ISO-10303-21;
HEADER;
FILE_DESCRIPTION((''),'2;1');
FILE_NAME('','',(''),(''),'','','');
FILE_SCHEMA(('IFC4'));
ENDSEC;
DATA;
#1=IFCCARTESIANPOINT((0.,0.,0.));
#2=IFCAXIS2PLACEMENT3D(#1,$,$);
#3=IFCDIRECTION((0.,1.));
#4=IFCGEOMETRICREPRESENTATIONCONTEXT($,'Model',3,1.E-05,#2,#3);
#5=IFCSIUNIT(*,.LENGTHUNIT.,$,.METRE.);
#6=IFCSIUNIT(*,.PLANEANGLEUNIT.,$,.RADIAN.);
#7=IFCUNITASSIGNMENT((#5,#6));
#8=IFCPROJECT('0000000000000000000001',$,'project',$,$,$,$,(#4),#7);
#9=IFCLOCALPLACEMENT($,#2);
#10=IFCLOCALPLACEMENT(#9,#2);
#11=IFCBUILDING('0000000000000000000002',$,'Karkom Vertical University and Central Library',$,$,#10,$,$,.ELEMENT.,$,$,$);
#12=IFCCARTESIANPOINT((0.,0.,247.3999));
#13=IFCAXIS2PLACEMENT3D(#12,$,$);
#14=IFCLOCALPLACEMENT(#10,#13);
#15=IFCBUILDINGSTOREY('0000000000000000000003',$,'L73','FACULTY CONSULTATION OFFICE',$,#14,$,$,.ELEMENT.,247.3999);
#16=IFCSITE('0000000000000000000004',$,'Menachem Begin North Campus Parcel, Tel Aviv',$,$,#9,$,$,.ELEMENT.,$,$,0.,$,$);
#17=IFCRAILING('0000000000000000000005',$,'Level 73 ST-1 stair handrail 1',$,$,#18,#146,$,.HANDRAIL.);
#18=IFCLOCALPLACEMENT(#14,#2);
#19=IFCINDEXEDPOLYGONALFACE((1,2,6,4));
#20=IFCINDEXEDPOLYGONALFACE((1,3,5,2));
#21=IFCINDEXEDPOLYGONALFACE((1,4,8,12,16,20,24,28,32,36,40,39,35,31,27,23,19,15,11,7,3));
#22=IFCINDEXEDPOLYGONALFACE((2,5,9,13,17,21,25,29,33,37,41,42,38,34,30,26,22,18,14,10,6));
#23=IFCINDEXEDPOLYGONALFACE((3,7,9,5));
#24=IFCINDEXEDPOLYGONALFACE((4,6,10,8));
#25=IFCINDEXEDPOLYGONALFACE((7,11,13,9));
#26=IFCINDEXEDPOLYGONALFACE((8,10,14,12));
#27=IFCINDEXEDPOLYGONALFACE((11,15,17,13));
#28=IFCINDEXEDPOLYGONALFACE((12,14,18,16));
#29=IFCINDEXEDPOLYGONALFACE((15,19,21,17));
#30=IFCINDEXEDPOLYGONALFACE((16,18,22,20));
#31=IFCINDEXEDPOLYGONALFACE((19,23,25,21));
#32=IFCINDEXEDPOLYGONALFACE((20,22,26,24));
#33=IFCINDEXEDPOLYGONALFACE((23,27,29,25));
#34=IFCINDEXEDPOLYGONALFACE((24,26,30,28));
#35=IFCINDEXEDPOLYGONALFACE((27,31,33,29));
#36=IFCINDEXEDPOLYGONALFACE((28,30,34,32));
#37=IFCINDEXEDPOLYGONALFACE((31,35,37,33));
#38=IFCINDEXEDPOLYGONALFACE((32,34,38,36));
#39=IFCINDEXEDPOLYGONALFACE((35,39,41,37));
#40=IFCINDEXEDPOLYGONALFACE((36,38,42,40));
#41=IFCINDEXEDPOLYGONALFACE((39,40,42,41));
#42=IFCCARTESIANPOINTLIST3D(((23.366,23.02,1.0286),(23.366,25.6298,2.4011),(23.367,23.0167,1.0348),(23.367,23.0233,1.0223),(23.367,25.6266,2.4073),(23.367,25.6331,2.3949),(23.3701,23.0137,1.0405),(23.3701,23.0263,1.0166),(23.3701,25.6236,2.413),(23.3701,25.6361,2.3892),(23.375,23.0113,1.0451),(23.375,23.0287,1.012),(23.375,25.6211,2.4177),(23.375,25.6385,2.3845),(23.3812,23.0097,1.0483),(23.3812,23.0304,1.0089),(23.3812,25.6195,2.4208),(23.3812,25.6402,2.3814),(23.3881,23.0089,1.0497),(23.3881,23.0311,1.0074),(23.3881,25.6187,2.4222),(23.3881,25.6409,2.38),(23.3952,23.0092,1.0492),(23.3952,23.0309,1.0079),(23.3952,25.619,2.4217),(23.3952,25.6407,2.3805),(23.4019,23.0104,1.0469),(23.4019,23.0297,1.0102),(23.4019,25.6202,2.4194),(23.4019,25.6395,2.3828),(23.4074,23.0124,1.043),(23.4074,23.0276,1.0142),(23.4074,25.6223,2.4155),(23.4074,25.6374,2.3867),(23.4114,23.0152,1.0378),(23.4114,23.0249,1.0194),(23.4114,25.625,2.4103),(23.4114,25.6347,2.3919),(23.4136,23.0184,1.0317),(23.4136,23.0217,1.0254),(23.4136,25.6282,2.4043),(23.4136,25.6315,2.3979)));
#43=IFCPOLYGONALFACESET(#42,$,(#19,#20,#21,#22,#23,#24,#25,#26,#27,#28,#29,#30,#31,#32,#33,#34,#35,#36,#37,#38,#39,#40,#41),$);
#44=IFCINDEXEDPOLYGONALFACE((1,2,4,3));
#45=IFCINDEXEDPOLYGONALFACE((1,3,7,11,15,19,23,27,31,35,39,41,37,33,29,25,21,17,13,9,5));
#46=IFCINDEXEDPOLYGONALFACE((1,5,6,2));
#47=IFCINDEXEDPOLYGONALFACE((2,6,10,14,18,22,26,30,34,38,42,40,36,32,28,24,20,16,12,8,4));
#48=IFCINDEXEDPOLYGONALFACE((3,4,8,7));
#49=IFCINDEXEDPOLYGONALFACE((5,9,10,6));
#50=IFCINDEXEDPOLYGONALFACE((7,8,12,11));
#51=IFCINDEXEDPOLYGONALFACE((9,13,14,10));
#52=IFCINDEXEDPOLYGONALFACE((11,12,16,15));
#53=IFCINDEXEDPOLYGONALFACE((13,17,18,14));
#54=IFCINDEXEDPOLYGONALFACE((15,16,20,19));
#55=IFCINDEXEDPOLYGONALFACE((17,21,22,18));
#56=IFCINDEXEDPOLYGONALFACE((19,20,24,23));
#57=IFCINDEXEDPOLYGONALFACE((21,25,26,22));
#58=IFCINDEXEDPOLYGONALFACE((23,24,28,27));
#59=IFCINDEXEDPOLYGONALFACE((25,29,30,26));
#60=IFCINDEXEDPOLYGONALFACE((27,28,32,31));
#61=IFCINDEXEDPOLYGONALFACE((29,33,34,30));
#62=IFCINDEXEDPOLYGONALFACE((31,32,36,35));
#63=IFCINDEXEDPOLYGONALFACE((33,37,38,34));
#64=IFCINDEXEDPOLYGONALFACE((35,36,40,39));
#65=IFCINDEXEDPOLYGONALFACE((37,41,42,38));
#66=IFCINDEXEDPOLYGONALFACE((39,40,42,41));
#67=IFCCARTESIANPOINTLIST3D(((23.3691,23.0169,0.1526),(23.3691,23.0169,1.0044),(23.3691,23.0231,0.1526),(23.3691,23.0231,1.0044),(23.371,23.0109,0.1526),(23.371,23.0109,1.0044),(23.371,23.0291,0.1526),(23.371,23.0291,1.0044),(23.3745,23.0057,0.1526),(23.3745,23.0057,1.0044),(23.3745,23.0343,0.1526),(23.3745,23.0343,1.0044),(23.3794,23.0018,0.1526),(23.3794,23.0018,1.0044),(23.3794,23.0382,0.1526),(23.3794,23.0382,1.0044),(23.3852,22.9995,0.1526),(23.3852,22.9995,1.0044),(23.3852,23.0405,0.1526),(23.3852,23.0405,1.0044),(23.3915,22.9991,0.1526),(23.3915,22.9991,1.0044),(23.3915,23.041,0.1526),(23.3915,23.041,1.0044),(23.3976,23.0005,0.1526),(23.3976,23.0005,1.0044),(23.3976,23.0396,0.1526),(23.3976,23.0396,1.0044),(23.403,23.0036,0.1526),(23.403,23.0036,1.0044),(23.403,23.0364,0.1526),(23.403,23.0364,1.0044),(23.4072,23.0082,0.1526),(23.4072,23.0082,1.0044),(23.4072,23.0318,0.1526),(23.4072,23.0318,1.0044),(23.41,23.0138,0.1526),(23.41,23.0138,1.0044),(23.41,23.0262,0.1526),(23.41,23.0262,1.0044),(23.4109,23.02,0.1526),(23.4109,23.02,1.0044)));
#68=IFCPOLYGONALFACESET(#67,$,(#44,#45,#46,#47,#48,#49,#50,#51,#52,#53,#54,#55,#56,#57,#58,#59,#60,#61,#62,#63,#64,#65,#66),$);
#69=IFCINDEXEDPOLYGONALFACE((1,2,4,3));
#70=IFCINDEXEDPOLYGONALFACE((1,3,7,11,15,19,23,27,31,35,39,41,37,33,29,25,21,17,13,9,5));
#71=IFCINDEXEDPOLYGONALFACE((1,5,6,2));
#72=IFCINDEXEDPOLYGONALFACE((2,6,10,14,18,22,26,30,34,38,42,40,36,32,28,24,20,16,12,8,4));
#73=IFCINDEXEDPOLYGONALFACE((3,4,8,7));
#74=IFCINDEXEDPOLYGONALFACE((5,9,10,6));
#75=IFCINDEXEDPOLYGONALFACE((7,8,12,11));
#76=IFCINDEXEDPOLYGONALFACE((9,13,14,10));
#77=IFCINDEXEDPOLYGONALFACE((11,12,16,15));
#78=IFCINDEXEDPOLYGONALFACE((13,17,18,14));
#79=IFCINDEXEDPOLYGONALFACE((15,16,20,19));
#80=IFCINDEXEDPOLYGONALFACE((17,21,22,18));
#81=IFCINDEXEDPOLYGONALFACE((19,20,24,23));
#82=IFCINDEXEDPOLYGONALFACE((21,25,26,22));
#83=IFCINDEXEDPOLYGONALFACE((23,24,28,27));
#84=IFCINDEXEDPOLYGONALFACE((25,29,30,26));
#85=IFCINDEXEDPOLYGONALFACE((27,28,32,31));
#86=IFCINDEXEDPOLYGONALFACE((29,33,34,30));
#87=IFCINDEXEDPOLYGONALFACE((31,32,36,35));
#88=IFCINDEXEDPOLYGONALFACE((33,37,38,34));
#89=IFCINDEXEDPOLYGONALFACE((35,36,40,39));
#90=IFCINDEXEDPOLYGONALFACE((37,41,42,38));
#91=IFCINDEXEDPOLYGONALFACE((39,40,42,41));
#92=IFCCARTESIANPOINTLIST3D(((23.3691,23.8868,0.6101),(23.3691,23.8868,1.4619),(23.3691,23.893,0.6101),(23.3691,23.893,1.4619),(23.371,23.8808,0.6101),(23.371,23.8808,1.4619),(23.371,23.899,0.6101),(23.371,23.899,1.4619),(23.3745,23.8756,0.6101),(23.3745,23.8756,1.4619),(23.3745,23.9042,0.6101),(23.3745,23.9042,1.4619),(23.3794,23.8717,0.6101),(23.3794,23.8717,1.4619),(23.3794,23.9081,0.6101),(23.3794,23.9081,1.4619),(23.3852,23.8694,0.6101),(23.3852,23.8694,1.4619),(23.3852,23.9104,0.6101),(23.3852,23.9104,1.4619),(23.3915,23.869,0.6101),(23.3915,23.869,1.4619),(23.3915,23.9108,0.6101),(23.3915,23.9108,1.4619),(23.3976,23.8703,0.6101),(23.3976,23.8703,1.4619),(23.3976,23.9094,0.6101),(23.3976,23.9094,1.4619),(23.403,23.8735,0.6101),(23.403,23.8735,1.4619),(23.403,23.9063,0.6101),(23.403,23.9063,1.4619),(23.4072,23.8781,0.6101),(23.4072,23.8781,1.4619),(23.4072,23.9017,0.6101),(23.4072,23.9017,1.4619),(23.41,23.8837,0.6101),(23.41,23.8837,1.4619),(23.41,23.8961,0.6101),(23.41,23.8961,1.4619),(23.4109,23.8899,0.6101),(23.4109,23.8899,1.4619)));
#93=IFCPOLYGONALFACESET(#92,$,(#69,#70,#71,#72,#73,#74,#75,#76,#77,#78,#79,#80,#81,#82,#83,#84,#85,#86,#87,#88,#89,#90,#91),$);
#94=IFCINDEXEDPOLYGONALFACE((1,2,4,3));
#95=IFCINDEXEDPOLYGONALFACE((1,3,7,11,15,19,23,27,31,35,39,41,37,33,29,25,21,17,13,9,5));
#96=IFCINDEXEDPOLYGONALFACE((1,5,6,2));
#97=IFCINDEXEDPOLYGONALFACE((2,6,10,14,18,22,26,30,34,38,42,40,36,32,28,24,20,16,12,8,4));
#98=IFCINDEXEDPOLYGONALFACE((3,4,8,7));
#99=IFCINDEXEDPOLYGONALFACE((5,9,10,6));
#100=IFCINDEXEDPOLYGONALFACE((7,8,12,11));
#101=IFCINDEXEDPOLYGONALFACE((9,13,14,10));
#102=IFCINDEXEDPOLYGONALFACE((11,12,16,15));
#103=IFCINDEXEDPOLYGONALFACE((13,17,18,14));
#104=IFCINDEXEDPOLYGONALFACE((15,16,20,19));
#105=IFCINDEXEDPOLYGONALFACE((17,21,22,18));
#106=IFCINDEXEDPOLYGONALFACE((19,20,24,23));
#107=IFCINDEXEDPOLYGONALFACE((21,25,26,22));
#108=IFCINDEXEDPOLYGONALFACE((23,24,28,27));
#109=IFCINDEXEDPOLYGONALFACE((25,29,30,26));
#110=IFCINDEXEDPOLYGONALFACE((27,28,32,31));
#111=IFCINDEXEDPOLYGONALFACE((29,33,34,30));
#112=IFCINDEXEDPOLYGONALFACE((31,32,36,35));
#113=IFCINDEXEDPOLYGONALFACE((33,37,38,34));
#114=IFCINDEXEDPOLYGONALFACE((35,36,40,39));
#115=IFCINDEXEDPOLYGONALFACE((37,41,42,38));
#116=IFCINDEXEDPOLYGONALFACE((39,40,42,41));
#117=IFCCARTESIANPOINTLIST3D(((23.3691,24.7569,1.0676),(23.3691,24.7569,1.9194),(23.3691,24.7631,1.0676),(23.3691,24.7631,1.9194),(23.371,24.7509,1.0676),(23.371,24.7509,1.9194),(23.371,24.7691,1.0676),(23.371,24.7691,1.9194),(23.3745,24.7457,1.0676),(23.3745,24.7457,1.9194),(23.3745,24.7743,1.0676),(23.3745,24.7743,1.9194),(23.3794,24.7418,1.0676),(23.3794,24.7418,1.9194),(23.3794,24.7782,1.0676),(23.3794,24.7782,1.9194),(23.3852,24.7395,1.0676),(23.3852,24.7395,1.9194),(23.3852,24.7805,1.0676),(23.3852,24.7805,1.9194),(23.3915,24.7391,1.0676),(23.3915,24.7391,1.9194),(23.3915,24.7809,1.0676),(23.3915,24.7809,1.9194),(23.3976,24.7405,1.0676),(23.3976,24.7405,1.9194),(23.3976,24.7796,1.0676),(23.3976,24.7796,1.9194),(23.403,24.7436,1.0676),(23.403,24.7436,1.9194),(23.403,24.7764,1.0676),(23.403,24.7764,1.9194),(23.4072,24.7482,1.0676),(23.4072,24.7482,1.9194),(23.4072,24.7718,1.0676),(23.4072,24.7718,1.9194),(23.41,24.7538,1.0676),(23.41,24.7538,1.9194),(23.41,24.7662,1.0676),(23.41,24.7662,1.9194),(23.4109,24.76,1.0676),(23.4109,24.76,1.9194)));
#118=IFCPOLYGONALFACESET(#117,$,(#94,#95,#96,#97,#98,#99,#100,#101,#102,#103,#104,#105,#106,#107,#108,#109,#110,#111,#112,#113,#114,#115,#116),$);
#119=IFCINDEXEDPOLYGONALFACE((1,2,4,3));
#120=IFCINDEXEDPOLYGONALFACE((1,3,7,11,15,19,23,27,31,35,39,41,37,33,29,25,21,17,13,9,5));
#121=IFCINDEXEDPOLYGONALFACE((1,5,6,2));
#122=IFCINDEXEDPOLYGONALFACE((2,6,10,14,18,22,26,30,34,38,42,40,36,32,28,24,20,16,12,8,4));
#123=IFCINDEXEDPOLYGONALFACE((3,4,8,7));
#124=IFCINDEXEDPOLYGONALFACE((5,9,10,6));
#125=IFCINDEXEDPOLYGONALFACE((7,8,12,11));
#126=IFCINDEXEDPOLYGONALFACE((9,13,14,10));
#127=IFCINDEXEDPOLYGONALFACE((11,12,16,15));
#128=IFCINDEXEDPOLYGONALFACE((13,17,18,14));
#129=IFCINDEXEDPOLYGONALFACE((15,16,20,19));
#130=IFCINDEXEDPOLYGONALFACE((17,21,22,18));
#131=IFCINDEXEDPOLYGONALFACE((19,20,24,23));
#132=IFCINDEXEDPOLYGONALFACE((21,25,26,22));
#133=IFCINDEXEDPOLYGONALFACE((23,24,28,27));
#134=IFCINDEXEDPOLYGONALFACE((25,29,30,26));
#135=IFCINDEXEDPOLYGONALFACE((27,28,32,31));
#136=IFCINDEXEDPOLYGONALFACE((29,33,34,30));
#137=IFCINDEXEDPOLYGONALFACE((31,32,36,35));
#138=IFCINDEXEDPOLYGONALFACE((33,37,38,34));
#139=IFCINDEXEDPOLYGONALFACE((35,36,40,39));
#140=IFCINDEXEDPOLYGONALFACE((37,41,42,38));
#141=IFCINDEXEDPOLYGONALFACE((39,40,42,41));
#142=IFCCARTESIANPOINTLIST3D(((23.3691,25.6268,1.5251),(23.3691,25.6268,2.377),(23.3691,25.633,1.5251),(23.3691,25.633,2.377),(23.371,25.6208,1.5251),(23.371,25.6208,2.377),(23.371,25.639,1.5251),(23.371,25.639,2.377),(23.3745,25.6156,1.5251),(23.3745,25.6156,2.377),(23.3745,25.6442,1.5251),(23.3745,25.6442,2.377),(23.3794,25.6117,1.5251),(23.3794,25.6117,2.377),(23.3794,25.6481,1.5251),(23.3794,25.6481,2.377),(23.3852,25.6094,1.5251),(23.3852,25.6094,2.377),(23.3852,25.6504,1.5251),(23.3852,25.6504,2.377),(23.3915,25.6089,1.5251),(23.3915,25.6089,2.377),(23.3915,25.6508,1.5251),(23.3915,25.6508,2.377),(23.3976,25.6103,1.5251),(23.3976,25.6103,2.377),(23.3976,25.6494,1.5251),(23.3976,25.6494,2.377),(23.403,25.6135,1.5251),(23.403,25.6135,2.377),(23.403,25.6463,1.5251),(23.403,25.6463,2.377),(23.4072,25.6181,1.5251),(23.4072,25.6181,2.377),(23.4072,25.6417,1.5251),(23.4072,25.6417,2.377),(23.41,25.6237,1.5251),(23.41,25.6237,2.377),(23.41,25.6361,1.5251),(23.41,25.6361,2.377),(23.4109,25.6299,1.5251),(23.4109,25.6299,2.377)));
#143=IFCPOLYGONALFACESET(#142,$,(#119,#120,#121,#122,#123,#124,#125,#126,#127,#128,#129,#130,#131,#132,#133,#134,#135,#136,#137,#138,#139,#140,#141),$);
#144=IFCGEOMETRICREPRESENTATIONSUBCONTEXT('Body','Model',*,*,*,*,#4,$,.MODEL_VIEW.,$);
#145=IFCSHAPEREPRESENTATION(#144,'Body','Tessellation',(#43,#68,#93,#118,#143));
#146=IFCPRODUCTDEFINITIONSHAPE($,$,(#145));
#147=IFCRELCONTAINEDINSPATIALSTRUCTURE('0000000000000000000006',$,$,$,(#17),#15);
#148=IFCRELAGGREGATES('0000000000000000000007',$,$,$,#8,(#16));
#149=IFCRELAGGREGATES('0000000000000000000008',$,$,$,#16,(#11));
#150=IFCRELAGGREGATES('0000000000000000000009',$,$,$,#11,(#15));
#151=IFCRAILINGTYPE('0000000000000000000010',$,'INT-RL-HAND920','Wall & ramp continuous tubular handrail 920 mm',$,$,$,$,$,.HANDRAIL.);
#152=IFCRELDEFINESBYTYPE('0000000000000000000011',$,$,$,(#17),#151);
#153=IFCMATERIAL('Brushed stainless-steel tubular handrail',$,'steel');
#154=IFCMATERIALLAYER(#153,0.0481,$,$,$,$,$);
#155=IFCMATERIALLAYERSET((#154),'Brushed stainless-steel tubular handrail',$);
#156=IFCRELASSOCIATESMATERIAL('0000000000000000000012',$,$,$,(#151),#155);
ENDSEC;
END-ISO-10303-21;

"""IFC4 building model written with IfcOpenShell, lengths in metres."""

from ifc_helpers import new_model, si_unit, direction, frame, origin, origin_2d, place, context, subcontext, project, spatial, circle, extrude, material, layer, layer_set, type_object, element, save


model = new_model("IFC4")

# Units and contexts
model_context = context("Model", 3, precision=1e-05, world=origin(), true_north=direction((0.0, 1.0)))
body_context = subcontext(model_context, "Body", "Model", "MODEL_VIEW")
ifc_project = project(units=[si_unit("LENGTHUNIT", "METRE"), si_unit("PLANEANGLEUNIT", "RADIAN")], contexts=[model_context])

# Site, building, storey
site_placement = place(None, origin())
site = spatial("IfcSite", under=ifc_project, at=site_placement, Name="Menachem Begin North Campus Parcel, Tel Aviv", CompositionType="ELEMENT", RefElevation=0.0)
building_placement = place(site_placement, origin())
building = spatial("IfcBuilding", under=site, at=building_placement, Name="Karkom Vertical University and Central Library", CompositionType="ELEMENT")
storey_placement = place(building_placement, frame((0.0, 0.0, 247.3999)))
storey = spatial("IfcBuildingStorey", under=building, at=storey_placement, Name="L73", Description="FACULTY CONSULTATION OFFICE", CompositionType="ELEMENT", Elevation=247.3999)

# Railing
ifc_material_1 = material(Name="Brushed stainless-steel tubular handrail", Category="steel")
ifc_layer_1 = layer(ifc_material_1, 0.0481)
ifc_layer_set_1 = layer_set([ifc_layer_1], Name="Brushed stainless-steel tubular handrail")
railing_type_1 = type_object("IfcRailingType", Name="INT-RL-HAND920", Description="Wall & ramp continuous tubular handrail 920 mm", PredefinedType="HANDRAIL", material=ifc_layer_set_1)
railing_1_placement = place(storey_placement, frame((23.3899, 23.02, 0.1526)))
element("IfcRailing", 1, at=railing_1_placement, inside=storey, type_object=railing_type_1, Name="Level 73 ST-1 stair handrail 1", PredefinedType="HANDRAIL", context=body_context, shape_type="SweptSolid", body=[
    extrude(circle(Radius=0.0239, at=origin_2d()), frame((0.0, 0.0, 0.876), z_axis=(0.0, 0.885065, 0.465467), x_axis=(-1.0, 0.0, 0.0)), (0.0, 0.0, 1.0), 2.9487),
    extrude(circle(Radius=0.021, at=origin_2d()), origin(), (0.0, 0.0, 1.0), 0.8518),
    extrude(circle(Radius=0.021, at=origin_2d()), frame((0.0, 0.8699, 0.4575)), (0.0, 0.0, 1.0), 0.8518),
    extrude(circle(Radius=0.021, at=origin_2d()), frame((0.0, 1.74, 0.915)), (0.0, 0.0, 1.0), 0.8518),
    extrude(circle(Radius=0.021, at=origin_2d()), frame((0.0, 2.6099, 1.3726)), (0.0, 0.0, 1.0), 0.8518),
])

save(model, "model.ifc")
